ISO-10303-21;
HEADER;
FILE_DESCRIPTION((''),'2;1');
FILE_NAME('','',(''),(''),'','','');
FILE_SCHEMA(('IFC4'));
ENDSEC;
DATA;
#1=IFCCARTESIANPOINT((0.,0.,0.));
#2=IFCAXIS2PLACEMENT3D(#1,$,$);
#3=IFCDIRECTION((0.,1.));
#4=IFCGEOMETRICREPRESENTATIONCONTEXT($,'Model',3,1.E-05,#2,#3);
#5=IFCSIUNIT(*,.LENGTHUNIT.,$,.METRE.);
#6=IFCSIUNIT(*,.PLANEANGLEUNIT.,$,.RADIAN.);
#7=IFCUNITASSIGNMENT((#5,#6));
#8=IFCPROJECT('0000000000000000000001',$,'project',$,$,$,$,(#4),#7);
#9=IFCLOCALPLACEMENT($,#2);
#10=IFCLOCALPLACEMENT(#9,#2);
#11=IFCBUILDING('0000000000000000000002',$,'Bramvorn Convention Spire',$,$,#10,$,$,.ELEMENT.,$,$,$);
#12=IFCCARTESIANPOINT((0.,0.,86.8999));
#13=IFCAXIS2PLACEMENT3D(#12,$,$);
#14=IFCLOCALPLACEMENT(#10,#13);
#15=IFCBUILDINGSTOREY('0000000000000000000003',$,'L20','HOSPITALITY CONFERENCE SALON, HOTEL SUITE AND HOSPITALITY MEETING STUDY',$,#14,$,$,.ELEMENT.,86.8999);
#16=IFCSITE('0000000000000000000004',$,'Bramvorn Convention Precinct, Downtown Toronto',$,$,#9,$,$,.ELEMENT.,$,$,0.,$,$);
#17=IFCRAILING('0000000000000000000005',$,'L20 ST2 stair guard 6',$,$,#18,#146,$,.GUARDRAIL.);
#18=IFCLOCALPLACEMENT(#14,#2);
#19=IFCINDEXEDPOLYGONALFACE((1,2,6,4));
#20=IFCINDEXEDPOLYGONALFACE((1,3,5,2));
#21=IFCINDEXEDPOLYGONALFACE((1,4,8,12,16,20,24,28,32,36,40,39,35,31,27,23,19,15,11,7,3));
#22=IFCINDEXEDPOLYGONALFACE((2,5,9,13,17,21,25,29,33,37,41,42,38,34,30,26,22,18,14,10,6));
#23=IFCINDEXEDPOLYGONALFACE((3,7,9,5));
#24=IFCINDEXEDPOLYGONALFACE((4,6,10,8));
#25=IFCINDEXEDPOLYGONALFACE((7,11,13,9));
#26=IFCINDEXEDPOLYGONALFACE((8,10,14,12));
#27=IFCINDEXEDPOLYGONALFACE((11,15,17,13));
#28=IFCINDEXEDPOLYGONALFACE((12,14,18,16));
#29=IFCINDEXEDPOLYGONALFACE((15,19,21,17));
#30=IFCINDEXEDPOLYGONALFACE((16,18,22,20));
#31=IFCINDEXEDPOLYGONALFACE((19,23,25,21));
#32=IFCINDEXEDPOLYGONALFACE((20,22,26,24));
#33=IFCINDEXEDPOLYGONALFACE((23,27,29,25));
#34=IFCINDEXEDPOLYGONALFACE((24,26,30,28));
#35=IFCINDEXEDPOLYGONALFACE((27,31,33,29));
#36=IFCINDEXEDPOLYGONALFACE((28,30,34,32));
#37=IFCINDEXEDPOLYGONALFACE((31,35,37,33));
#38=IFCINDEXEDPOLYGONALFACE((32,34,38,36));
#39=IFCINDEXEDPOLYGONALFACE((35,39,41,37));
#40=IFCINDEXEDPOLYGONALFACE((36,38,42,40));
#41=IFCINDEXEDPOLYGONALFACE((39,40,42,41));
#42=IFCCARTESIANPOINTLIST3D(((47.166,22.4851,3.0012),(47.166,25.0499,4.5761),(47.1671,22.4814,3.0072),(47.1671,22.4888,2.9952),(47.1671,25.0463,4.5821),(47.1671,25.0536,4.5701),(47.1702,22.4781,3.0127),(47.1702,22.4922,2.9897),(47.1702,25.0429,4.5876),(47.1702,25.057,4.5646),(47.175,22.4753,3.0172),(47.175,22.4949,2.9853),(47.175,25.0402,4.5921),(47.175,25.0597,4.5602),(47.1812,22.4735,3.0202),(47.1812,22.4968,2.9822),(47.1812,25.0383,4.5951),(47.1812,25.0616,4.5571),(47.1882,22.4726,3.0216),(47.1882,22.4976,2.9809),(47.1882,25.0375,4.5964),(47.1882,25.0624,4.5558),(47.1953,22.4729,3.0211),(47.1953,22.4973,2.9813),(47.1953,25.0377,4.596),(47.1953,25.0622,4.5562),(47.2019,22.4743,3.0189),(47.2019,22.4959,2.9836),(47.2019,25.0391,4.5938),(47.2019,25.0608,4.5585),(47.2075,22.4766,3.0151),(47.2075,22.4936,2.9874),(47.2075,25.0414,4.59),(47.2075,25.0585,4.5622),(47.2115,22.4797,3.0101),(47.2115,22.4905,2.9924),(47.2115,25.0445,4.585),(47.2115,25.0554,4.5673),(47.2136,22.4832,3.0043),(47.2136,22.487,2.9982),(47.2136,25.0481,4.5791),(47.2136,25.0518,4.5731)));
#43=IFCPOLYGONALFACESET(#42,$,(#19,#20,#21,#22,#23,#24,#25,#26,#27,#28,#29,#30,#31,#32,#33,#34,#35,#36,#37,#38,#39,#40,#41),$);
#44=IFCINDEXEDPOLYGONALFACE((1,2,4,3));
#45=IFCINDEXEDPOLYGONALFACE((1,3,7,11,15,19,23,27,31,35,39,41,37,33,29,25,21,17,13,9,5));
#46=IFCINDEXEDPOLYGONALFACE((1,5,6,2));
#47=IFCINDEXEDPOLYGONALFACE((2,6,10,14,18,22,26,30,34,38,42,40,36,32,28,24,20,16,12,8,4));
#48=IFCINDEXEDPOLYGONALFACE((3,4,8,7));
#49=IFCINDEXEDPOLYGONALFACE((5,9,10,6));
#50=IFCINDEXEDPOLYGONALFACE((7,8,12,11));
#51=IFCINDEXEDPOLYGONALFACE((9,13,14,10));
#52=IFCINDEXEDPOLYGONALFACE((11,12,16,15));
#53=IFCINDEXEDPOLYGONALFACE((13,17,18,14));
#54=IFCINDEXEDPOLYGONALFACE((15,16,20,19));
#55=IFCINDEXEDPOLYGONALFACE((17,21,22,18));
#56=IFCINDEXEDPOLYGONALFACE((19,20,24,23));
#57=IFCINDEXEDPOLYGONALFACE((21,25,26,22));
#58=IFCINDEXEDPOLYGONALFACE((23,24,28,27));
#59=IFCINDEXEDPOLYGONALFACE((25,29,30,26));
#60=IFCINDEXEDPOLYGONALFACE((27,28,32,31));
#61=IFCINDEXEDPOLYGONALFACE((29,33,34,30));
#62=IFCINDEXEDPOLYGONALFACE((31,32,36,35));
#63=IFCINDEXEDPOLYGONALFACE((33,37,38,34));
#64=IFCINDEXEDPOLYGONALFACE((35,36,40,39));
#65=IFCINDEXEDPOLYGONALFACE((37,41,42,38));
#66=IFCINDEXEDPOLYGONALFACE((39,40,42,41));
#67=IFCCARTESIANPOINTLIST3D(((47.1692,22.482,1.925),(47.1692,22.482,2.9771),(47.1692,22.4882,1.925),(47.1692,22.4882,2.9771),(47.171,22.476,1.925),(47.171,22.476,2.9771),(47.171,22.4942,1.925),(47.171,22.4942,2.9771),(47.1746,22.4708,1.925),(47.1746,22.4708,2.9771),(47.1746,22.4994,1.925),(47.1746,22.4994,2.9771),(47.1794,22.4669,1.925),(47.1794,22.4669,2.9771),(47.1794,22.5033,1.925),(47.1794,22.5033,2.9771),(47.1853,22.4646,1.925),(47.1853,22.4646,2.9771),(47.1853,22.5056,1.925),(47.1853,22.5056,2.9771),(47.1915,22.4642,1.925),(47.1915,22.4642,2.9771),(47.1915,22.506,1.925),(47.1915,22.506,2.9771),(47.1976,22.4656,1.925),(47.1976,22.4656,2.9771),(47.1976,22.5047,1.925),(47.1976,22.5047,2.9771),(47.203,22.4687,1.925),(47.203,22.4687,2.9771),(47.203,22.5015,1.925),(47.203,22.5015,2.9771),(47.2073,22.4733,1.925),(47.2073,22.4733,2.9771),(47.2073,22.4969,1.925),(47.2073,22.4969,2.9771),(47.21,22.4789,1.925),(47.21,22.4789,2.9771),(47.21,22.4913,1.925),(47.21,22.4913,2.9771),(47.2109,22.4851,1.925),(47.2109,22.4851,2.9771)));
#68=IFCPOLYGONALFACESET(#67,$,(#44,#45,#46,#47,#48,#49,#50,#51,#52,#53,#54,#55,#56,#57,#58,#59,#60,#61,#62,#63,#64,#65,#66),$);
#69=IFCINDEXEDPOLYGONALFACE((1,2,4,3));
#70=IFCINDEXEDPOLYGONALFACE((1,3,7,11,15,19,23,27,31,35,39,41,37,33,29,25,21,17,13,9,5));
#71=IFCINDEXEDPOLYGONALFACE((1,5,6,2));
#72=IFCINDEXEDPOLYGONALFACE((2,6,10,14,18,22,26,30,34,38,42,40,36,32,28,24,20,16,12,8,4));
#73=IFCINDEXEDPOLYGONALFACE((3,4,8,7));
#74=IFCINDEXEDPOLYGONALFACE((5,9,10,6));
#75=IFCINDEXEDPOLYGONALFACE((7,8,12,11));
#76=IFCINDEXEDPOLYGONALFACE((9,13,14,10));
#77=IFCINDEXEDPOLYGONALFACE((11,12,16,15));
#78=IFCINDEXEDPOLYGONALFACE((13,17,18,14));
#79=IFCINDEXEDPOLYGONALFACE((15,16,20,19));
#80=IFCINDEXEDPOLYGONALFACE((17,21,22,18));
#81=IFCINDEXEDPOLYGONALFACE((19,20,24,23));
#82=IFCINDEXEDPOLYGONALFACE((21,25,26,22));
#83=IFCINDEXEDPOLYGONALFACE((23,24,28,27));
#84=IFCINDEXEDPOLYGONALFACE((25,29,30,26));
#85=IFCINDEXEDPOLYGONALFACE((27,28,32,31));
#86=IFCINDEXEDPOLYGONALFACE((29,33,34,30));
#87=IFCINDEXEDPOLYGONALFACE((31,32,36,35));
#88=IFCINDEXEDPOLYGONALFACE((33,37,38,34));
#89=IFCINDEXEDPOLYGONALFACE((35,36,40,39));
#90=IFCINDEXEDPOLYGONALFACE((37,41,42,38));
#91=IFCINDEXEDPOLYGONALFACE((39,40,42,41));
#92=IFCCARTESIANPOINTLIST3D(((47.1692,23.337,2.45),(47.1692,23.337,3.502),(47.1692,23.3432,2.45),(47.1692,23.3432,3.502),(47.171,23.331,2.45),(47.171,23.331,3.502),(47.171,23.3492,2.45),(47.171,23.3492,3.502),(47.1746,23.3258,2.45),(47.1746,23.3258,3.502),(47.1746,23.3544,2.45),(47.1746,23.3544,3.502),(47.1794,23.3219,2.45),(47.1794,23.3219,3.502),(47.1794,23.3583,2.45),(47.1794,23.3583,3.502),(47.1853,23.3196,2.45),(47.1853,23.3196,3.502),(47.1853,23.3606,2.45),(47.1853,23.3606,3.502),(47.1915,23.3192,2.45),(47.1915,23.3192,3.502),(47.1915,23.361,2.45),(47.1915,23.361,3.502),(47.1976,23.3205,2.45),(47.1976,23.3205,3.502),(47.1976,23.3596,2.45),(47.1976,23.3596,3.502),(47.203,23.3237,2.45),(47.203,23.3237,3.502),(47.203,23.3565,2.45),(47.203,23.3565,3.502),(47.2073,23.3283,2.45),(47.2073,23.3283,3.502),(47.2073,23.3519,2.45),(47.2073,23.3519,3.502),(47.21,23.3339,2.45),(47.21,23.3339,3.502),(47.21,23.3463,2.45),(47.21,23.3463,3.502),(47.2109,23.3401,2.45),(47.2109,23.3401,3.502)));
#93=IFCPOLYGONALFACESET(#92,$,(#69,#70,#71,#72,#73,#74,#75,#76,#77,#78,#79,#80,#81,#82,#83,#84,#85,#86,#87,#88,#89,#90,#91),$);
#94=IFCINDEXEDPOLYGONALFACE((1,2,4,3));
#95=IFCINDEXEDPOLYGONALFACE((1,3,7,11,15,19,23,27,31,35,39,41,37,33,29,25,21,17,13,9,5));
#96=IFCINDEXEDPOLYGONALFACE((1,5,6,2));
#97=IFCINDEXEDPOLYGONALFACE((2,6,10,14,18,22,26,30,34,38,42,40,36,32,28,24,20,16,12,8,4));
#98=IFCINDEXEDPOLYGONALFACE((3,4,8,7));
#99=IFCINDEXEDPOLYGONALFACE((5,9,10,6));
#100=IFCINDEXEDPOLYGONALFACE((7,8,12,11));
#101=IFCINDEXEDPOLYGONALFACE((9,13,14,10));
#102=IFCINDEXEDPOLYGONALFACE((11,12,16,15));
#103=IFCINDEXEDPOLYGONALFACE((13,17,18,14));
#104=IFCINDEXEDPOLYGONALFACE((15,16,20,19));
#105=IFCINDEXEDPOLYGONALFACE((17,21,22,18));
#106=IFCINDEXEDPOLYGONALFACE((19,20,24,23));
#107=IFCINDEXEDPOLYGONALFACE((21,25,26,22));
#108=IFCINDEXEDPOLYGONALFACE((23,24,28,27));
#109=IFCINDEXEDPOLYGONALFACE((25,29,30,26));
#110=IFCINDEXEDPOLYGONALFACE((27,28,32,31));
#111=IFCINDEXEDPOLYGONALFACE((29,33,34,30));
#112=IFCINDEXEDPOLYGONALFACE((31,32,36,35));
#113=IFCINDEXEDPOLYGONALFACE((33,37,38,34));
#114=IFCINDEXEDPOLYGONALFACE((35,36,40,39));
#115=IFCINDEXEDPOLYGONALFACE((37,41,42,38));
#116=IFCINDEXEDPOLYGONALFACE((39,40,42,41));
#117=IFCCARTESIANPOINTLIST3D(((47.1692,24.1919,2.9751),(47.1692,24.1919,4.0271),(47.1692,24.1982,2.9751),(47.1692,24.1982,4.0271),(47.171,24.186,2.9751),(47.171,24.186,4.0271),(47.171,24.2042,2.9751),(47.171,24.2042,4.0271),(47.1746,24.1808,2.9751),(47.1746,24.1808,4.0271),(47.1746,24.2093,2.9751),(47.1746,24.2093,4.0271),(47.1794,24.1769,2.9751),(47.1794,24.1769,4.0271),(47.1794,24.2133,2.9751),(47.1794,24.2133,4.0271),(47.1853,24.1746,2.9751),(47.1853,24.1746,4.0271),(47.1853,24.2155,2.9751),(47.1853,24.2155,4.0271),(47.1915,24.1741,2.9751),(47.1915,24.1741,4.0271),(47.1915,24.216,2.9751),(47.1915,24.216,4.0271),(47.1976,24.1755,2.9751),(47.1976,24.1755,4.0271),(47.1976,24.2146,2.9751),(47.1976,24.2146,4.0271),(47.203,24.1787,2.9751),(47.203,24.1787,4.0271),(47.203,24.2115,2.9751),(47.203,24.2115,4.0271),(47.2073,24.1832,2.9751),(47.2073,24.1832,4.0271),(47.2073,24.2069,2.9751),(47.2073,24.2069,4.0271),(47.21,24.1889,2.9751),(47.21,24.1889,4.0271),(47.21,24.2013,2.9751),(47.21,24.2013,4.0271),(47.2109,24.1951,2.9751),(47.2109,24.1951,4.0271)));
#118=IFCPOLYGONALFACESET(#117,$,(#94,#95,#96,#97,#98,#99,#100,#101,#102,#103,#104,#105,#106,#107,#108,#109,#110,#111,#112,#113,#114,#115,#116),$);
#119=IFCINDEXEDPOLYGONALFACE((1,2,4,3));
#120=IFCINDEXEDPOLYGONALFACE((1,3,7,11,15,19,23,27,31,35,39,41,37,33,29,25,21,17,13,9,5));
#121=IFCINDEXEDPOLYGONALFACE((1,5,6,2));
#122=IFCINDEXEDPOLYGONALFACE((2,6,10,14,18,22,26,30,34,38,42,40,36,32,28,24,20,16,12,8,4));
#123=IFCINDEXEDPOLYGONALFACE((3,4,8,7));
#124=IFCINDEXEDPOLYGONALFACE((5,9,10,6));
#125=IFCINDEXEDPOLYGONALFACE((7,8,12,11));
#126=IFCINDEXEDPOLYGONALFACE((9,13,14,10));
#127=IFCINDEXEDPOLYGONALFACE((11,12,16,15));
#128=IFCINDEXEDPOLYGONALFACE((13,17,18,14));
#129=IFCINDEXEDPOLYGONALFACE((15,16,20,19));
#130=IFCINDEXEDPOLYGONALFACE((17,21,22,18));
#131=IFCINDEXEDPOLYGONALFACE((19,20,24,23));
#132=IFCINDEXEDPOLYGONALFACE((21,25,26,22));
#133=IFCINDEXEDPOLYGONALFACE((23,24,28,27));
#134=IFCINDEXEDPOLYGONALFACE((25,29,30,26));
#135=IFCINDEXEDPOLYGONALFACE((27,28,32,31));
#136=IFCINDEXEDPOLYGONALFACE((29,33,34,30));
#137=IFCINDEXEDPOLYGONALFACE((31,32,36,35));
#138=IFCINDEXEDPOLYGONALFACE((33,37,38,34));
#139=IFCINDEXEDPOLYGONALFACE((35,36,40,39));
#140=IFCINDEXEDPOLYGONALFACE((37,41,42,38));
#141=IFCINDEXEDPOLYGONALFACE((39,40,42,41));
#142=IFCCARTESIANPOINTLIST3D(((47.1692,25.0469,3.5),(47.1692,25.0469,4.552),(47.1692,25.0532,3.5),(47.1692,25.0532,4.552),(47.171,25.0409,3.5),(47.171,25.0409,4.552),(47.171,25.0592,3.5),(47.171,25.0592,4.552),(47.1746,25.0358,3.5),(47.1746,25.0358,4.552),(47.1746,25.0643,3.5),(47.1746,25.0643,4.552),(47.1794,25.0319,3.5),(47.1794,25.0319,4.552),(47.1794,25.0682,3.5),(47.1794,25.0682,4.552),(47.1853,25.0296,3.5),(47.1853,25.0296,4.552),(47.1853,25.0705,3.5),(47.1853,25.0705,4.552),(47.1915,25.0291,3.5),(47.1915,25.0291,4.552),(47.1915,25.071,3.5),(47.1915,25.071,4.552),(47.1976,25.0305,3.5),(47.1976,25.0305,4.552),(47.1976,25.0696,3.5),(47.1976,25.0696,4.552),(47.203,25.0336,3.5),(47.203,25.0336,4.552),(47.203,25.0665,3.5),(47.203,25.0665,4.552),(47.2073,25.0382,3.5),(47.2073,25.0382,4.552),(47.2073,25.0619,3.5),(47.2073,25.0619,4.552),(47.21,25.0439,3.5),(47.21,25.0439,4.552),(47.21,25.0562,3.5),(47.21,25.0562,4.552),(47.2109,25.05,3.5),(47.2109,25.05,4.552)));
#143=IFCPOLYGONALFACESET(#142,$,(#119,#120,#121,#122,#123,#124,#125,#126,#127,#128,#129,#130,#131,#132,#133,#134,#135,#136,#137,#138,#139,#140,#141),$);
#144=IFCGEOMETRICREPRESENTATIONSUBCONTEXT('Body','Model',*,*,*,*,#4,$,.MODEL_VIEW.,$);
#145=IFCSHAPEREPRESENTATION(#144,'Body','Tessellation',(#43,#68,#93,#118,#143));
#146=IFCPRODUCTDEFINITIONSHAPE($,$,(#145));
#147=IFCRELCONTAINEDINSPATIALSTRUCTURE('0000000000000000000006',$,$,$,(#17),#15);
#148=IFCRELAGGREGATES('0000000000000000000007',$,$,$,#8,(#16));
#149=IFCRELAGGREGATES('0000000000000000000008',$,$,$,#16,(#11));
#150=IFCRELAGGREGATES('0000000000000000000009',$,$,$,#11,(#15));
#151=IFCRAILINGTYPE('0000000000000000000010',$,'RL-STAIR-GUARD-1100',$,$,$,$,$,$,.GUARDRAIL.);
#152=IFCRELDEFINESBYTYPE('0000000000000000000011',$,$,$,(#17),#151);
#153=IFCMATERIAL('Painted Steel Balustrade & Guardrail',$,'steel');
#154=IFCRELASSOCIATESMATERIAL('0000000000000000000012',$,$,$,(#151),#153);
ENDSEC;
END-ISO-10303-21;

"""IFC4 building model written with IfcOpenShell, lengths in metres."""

from ifc_helpers import new_model, si_unit, direction, frame, origin, origin_2d, place, context, subcontext, project, spatial, circle, extrude, material, type_object, element, save


model = new_model("IFC4")

# Units and contexts
model_context = context("Model", 3, precision=1e-05, world=origin(), true_north=direction((0.0, 1.0)))
body_context = subcontext(model_context, "Body", "Model", "MODEL_VIEW")
ifc_project = project(units=[si_unit("LENGTHUNIT", "METRE"), si_unit("PLANEANGLEUNIT", "RADIAN")], contexts=[model_context])

# Site, building, storey
site_placement = place(None, origin())
site = spatial("IfcSite", under=ifc_project, at=site_placement, Name="Bramvorn Convention Precinct, Downtown Toronto", CompositionType="ELEMENT", RefElevation=0.0)
building_placement = place(site_placement, origin())
building = spatial("IfcBuilding", under=site, at=building_placement, Name="Bramvorn Convention Spire", CompositionType="ELEMENT")
storey_placement = place(building_placement, frame((0.0, 0.0, 86.8999)))
storey = spatial("IfcBuildingStorey", under=building, at=storey_placement, Name="L20", Description="HOSPITALITY CONFERENCE SALON, HOTEL SUITE AND HOSPITALITY MEETING STUDY", CompositionType="ELEMENT", Elevation=86.8999)

# Railing
ifc_material_1 = material(Name="Painted Steel Balustrade & Guardrail", Category="steel")
railing_type_1 = type_object("IfcRailingType", Name="RL-STAIR-GUARD-1100", PredefinedType="GUARDRAIL", material=ifc_material_1)
railing_1_placement = place(storey_placement, frame((47.1899, 22.4851, 1.925)))
element("IfcRailing", 1, at=railing_1_placement, inside=storey, type_object=railing_type_1, Name="L20 ST2 stair guard 6", PredefinedType="GUARDRAIL", context=body_context, shape_type="SweptSolid", body=[
    extrude(circle(Radius=0.0239, at=origin_2d()), frame((0.0, 0.0, 1.0762), z_axis=(0.0, 0.852173, 0.52326), x_axis=(-1.0, 0.0, 0.0)), (0.0, 0.0, 1.0), 3.0098),
    extrude(circle(Radius=0.021, at=origin_2d()), origin(), (0.0, 0.0, 1.0), 1.052),
    extrude(circle(Radius=0.021, at=origin_2d()), frame((0.0, 0.855, 0.5249)), (0.0, 0.0, 1.0), 1.052),
    extrude(circle(Radius=0.021, at=origin_2d()), frame((0.0, 1.71, 1.05)), (0.0, 0.0, 1.0), 1.052),
    extrude(circle(Radius=0.021, at=origin_2d()), frame((0.0, 2.5649, 1.575)), (0.0, 0.0, 1.0), 1.052),
])

save(model, "model.ifc")
